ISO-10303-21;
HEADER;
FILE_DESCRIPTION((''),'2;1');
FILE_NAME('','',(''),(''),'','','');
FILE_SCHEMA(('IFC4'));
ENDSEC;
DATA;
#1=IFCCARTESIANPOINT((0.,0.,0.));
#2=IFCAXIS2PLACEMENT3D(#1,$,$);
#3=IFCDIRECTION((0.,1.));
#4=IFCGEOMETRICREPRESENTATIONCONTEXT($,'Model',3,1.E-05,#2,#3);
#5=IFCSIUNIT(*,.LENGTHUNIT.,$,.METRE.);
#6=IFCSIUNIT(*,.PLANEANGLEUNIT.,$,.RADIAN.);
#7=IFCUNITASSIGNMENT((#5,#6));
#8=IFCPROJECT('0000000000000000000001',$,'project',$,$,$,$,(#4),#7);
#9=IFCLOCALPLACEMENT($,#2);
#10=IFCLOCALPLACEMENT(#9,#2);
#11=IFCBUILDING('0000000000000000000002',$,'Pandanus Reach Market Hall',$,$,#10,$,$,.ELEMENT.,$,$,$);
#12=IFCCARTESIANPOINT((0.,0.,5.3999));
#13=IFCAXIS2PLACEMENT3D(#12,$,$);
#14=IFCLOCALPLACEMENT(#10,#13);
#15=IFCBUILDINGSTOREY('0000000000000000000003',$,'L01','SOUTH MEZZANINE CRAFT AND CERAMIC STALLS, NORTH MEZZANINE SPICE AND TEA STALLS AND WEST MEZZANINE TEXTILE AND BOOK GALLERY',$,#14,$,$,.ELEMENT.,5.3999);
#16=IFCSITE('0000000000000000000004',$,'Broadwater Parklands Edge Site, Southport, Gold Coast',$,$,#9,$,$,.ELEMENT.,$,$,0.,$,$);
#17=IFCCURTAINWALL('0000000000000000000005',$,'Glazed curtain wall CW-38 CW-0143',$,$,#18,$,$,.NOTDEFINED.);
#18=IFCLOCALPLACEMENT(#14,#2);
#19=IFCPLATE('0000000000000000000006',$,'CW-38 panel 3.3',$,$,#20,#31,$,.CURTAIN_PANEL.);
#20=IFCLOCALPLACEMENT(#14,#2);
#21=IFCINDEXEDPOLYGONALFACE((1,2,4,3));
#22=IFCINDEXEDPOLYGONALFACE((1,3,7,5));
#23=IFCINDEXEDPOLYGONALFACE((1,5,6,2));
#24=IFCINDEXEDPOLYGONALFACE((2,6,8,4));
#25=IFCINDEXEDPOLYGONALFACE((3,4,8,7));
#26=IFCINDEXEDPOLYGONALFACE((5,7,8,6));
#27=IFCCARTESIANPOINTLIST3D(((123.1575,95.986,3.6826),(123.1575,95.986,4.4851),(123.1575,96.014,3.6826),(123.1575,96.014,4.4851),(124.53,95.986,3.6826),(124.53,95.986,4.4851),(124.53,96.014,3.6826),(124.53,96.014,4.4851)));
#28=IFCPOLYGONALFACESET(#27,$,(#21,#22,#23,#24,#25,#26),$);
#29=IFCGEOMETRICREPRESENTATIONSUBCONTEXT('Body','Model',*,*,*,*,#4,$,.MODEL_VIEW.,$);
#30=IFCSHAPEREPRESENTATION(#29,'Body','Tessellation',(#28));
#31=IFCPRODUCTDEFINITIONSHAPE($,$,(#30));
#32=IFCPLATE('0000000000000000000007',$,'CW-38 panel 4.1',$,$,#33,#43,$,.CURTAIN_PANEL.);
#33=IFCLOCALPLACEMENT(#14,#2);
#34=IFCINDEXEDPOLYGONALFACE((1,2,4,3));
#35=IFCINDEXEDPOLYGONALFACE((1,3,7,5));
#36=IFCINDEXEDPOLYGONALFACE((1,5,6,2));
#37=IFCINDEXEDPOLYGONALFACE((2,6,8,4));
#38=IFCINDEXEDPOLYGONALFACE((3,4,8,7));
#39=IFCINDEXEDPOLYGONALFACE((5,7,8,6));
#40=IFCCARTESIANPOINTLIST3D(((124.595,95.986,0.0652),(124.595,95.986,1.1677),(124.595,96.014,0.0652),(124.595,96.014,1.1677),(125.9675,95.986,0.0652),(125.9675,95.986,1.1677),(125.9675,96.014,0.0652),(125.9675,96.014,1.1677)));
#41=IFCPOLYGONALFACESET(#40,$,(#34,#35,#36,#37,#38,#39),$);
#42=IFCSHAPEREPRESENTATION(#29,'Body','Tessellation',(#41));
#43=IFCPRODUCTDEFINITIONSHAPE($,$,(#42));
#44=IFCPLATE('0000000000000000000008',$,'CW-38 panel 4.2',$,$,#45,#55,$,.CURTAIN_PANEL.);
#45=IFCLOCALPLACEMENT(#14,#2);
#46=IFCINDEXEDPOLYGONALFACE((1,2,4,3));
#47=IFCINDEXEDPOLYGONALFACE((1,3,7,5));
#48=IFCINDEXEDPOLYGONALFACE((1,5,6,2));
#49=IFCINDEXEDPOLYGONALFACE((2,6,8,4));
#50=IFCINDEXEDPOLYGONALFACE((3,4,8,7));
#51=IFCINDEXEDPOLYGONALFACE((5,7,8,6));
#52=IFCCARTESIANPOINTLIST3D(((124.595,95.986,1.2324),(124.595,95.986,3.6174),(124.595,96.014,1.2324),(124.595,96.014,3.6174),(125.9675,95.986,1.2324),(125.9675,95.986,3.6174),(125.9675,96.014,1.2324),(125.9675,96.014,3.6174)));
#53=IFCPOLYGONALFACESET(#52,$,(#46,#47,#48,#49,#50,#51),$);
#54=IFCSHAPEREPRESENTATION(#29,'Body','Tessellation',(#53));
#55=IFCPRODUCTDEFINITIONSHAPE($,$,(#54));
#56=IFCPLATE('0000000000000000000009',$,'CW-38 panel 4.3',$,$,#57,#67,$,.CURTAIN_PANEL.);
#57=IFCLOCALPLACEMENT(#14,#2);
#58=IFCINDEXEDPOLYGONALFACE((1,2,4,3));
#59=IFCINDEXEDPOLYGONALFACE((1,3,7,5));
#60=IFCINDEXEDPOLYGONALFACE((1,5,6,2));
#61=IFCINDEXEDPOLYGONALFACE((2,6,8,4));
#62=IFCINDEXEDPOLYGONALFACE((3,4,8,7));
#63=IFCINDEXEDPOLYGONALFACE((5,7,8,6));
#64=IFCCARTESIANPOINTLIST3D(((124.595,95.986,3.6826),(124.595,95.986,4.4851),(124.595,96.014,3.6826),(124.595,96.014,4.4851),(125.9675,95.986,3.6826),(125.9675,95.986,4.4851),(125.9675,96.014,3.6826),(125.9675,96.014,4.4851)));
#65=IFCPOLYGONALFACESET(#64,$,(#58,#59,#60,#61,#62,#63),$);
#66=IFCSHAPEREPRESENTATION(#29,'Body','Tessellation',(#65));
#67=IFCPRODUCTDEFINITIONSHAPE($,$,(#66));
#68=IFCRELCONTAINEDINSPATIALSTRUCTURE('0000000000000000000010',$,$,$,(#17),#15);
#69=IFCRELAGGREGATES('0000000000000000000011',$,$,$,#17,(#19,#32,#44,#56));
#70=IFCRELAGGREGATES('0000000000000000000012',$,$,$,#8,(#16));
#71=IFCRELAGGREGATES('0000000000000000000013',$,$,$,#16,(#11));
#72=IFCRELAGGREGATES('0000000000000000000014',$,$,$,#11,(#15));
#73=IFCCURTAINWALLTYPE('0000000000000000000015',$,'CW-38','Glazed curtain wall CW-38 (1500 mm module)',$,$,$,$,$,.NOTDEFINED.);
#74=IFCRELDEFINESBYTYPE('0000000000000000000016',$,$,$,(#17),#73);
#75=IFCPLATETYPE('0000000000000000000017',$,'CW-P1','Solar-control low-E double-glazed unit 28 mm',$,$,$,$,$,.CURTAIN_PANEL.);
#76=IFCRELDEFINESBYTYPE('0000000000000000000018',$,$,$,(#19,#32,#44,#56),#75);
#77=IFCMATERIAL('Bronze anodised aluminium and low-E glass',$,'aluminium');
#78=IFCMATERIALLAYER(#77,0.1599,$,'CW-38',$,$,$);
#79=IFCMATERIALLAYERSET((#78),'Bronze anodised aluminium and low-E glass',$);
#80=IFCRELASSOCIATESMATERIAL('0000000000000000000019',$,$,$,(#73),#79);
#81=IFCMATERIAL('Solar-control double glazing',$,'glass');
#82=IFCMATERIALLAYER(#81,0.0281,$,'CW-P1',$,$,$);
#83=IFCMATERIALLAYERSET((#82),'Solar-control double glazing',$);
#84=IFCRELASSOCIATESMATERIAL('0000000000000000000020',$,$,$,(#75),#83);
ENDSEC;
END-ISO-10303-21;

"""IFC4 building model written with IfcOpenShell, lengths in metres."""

from ifc_helpers import new_model, si_unit, direction, frame, origin, origin_2d, place, context, subcontext, project, spatial, rectangle, extrude, material, layer, layer_set, type_object, element, aggregate, save


model = new_model("IFC4")

# Units and contexts
model_context = context("Model", 3, precision=1e-05, world=origin(), true_north=direction((0.0, 1.0)))
body_context = subcontext(model_context, "Body", "Model", "MODEL_VIEW")
ifc_project = project(units=[si_unit("LENGTHUNIT", "METRE"), si_unit("PLANEANGLEUNIT", "RADIAN")], contexts=[model_context])

# Site, building, storey
site_placement = place(None, origin())
site = spatial("IfcSite", under=ifc_project, at=site_placement, Name="Broadwater Parklands Edge Site, Southport, Gold Coast", CompositionType="ELEMENT", RefElevation=0.0)
building_placement = place(site_placement, origin())
building = spatial("IfcBuilding", under=site, at=building_placement, Name="Pandanus Reach Market Hall", CompositionType="ELEMENT")
storey_placement = place(building_placement, frame((0.0, 0.0, 5.3999)))
storey = spatial("IfcBuildingStorey", under=building, at=storey_placement, Name="L01", Description="SOUTH MEZZANINE CRAFT AND CERAMIC STALLS, NORTH MEZZANINE SPICE AND TEA STALLS AND WEST MEZZANINE TEXTILE AND BOOK GALLERY", CompositionType="ELEMENT", Elevation=5.3999)

# Shared definitions
ifc_material_1 = material(Name="Bronze anodised aluminium and low-E glass", Category="aluminium")
ifc_layer_1 = layer(ifc_material_1, 0.1599, Name="CW-38")
ifc_layer_set_1 = layer_set([ifc_layer_1], Name="Bronze anodised aluminium and low-E glass")
curtain_wall_type = type_object("IfcCurtainWallType", Name="CW-38", Description="Glazed curtain wall CW-38 (1500 mm module)", PredefinedType="NOTDEFINED", material=ifc_layer_set_1)

# Curtain wall
curtain_wall_1_placement = place(storey_placement, origin())
curtain_wall_1 = element("IfcCurtainWall", 1, at=curtain_wall_1_placement, inside=storey, type_object=curtain_wall_type, Name="Glazed curtain wall CW-38 CW-0143", PredefinedType="NOTDEFINED")

# Plates
ifc_material_2 = material(Name="Solar-control double glazing", Category="glass")
ifc_layer_2 = layer(ifc_material_2, 0.0281, Name="CW-P1")
ifc_layer_set_2 = layer_set([ifc_layer_2], Name="Solar-control double glazing")
plate_type = type_object("IfcPlateType", Name="CW-P1", Description="Solar-control low-E double-glazed unit 28 mm", PredefinedType="CURTAIN_PANEL", material=ifc_layer_set_2)
plate_1_placement = place(storey_placement, frame((123.8438, 96.0, 3.6826), z_axis=(0.0, 0.0, 1.0), x_axis=(1.0, 0.0, 0.0)))
plate_1 = element("IfcPlate", 2, at=plate_1_placement, type_object=plate_type, Name="CW-38 panel 3.3", PredefinedType="CURTAIN_PANEL", context=body_context, shape_type="SweptSolid", body=[
    extrude(rectangle(XDim=1.3726, YDim=0.0281, at=origin_2d()), origin(), (0.0, 0.0, 1.0), 0.8025),
])
plate_2_placement = place(storey_placement, frame((125.2812, 96.0, 0.0652), z_axis=(0.0, 0.0, 1.0), x_axis=(1.0, 0.0, 0.0)))
plate_2 = element("IfcPlate", 3, at=plate_2_placement, type_object=plate_type, Name="CW-38 panel 4.1", PredefinedType="CURTAIN_PANEL", context=body_context, shape_type="SweptSolid", body=[
    extrude(rectangle(XDim=1.3726, YDim=0.0281, at=origin_2d()), origin(), (0.0, 0.0, 1.0), 1.1025),
])
plate_3_placement = place(storey_placement, frame((125.2812, 96.0, 1.2324), z_axis=(0.0, 0.0, 1.0), x_axis=(1.0, 0.0, 0.0)))
plate_3 = element("IfcPlate", 4, at=plate_3_placement, type_object=plate_type, Name="CW-38 panel 4.2", PredefinedType="CURTAIN_PANEL", context=body_context, shape_type="SweptSolid", body=[
    extrude(rectangle(XDim=1.3726, YDim=0.0281, at=origin_2d()), origin(), (0.0, 0.0, 1.0), 2.385),
])
plate_4_placement = place(storey_placement, frame((125.2812, 96.0, 3.6826), z_axis=(0.0, 0.0, 1.0), x_axis=(1.0, 0.0, 0.0)))
plate_4 = element("IfcPlate", 5, at=plate_4_placement, type_object=plate_type, Name="CW-38 panel 4.3", PredefinedType="CURTAIN_PANEL", context=body_context, shape_type="SweptSolid", body=[
    extrude(rectangle(XDim=1.3726, YDim=0.0281, at=origin_2d()), origin(), (0.0, 0.0, 1.0), 0.8025),
])
aggregate(curtain_wall_1, [plate_1, plate_2, plate_3, plate_4])

save(model, "model.ifc")
